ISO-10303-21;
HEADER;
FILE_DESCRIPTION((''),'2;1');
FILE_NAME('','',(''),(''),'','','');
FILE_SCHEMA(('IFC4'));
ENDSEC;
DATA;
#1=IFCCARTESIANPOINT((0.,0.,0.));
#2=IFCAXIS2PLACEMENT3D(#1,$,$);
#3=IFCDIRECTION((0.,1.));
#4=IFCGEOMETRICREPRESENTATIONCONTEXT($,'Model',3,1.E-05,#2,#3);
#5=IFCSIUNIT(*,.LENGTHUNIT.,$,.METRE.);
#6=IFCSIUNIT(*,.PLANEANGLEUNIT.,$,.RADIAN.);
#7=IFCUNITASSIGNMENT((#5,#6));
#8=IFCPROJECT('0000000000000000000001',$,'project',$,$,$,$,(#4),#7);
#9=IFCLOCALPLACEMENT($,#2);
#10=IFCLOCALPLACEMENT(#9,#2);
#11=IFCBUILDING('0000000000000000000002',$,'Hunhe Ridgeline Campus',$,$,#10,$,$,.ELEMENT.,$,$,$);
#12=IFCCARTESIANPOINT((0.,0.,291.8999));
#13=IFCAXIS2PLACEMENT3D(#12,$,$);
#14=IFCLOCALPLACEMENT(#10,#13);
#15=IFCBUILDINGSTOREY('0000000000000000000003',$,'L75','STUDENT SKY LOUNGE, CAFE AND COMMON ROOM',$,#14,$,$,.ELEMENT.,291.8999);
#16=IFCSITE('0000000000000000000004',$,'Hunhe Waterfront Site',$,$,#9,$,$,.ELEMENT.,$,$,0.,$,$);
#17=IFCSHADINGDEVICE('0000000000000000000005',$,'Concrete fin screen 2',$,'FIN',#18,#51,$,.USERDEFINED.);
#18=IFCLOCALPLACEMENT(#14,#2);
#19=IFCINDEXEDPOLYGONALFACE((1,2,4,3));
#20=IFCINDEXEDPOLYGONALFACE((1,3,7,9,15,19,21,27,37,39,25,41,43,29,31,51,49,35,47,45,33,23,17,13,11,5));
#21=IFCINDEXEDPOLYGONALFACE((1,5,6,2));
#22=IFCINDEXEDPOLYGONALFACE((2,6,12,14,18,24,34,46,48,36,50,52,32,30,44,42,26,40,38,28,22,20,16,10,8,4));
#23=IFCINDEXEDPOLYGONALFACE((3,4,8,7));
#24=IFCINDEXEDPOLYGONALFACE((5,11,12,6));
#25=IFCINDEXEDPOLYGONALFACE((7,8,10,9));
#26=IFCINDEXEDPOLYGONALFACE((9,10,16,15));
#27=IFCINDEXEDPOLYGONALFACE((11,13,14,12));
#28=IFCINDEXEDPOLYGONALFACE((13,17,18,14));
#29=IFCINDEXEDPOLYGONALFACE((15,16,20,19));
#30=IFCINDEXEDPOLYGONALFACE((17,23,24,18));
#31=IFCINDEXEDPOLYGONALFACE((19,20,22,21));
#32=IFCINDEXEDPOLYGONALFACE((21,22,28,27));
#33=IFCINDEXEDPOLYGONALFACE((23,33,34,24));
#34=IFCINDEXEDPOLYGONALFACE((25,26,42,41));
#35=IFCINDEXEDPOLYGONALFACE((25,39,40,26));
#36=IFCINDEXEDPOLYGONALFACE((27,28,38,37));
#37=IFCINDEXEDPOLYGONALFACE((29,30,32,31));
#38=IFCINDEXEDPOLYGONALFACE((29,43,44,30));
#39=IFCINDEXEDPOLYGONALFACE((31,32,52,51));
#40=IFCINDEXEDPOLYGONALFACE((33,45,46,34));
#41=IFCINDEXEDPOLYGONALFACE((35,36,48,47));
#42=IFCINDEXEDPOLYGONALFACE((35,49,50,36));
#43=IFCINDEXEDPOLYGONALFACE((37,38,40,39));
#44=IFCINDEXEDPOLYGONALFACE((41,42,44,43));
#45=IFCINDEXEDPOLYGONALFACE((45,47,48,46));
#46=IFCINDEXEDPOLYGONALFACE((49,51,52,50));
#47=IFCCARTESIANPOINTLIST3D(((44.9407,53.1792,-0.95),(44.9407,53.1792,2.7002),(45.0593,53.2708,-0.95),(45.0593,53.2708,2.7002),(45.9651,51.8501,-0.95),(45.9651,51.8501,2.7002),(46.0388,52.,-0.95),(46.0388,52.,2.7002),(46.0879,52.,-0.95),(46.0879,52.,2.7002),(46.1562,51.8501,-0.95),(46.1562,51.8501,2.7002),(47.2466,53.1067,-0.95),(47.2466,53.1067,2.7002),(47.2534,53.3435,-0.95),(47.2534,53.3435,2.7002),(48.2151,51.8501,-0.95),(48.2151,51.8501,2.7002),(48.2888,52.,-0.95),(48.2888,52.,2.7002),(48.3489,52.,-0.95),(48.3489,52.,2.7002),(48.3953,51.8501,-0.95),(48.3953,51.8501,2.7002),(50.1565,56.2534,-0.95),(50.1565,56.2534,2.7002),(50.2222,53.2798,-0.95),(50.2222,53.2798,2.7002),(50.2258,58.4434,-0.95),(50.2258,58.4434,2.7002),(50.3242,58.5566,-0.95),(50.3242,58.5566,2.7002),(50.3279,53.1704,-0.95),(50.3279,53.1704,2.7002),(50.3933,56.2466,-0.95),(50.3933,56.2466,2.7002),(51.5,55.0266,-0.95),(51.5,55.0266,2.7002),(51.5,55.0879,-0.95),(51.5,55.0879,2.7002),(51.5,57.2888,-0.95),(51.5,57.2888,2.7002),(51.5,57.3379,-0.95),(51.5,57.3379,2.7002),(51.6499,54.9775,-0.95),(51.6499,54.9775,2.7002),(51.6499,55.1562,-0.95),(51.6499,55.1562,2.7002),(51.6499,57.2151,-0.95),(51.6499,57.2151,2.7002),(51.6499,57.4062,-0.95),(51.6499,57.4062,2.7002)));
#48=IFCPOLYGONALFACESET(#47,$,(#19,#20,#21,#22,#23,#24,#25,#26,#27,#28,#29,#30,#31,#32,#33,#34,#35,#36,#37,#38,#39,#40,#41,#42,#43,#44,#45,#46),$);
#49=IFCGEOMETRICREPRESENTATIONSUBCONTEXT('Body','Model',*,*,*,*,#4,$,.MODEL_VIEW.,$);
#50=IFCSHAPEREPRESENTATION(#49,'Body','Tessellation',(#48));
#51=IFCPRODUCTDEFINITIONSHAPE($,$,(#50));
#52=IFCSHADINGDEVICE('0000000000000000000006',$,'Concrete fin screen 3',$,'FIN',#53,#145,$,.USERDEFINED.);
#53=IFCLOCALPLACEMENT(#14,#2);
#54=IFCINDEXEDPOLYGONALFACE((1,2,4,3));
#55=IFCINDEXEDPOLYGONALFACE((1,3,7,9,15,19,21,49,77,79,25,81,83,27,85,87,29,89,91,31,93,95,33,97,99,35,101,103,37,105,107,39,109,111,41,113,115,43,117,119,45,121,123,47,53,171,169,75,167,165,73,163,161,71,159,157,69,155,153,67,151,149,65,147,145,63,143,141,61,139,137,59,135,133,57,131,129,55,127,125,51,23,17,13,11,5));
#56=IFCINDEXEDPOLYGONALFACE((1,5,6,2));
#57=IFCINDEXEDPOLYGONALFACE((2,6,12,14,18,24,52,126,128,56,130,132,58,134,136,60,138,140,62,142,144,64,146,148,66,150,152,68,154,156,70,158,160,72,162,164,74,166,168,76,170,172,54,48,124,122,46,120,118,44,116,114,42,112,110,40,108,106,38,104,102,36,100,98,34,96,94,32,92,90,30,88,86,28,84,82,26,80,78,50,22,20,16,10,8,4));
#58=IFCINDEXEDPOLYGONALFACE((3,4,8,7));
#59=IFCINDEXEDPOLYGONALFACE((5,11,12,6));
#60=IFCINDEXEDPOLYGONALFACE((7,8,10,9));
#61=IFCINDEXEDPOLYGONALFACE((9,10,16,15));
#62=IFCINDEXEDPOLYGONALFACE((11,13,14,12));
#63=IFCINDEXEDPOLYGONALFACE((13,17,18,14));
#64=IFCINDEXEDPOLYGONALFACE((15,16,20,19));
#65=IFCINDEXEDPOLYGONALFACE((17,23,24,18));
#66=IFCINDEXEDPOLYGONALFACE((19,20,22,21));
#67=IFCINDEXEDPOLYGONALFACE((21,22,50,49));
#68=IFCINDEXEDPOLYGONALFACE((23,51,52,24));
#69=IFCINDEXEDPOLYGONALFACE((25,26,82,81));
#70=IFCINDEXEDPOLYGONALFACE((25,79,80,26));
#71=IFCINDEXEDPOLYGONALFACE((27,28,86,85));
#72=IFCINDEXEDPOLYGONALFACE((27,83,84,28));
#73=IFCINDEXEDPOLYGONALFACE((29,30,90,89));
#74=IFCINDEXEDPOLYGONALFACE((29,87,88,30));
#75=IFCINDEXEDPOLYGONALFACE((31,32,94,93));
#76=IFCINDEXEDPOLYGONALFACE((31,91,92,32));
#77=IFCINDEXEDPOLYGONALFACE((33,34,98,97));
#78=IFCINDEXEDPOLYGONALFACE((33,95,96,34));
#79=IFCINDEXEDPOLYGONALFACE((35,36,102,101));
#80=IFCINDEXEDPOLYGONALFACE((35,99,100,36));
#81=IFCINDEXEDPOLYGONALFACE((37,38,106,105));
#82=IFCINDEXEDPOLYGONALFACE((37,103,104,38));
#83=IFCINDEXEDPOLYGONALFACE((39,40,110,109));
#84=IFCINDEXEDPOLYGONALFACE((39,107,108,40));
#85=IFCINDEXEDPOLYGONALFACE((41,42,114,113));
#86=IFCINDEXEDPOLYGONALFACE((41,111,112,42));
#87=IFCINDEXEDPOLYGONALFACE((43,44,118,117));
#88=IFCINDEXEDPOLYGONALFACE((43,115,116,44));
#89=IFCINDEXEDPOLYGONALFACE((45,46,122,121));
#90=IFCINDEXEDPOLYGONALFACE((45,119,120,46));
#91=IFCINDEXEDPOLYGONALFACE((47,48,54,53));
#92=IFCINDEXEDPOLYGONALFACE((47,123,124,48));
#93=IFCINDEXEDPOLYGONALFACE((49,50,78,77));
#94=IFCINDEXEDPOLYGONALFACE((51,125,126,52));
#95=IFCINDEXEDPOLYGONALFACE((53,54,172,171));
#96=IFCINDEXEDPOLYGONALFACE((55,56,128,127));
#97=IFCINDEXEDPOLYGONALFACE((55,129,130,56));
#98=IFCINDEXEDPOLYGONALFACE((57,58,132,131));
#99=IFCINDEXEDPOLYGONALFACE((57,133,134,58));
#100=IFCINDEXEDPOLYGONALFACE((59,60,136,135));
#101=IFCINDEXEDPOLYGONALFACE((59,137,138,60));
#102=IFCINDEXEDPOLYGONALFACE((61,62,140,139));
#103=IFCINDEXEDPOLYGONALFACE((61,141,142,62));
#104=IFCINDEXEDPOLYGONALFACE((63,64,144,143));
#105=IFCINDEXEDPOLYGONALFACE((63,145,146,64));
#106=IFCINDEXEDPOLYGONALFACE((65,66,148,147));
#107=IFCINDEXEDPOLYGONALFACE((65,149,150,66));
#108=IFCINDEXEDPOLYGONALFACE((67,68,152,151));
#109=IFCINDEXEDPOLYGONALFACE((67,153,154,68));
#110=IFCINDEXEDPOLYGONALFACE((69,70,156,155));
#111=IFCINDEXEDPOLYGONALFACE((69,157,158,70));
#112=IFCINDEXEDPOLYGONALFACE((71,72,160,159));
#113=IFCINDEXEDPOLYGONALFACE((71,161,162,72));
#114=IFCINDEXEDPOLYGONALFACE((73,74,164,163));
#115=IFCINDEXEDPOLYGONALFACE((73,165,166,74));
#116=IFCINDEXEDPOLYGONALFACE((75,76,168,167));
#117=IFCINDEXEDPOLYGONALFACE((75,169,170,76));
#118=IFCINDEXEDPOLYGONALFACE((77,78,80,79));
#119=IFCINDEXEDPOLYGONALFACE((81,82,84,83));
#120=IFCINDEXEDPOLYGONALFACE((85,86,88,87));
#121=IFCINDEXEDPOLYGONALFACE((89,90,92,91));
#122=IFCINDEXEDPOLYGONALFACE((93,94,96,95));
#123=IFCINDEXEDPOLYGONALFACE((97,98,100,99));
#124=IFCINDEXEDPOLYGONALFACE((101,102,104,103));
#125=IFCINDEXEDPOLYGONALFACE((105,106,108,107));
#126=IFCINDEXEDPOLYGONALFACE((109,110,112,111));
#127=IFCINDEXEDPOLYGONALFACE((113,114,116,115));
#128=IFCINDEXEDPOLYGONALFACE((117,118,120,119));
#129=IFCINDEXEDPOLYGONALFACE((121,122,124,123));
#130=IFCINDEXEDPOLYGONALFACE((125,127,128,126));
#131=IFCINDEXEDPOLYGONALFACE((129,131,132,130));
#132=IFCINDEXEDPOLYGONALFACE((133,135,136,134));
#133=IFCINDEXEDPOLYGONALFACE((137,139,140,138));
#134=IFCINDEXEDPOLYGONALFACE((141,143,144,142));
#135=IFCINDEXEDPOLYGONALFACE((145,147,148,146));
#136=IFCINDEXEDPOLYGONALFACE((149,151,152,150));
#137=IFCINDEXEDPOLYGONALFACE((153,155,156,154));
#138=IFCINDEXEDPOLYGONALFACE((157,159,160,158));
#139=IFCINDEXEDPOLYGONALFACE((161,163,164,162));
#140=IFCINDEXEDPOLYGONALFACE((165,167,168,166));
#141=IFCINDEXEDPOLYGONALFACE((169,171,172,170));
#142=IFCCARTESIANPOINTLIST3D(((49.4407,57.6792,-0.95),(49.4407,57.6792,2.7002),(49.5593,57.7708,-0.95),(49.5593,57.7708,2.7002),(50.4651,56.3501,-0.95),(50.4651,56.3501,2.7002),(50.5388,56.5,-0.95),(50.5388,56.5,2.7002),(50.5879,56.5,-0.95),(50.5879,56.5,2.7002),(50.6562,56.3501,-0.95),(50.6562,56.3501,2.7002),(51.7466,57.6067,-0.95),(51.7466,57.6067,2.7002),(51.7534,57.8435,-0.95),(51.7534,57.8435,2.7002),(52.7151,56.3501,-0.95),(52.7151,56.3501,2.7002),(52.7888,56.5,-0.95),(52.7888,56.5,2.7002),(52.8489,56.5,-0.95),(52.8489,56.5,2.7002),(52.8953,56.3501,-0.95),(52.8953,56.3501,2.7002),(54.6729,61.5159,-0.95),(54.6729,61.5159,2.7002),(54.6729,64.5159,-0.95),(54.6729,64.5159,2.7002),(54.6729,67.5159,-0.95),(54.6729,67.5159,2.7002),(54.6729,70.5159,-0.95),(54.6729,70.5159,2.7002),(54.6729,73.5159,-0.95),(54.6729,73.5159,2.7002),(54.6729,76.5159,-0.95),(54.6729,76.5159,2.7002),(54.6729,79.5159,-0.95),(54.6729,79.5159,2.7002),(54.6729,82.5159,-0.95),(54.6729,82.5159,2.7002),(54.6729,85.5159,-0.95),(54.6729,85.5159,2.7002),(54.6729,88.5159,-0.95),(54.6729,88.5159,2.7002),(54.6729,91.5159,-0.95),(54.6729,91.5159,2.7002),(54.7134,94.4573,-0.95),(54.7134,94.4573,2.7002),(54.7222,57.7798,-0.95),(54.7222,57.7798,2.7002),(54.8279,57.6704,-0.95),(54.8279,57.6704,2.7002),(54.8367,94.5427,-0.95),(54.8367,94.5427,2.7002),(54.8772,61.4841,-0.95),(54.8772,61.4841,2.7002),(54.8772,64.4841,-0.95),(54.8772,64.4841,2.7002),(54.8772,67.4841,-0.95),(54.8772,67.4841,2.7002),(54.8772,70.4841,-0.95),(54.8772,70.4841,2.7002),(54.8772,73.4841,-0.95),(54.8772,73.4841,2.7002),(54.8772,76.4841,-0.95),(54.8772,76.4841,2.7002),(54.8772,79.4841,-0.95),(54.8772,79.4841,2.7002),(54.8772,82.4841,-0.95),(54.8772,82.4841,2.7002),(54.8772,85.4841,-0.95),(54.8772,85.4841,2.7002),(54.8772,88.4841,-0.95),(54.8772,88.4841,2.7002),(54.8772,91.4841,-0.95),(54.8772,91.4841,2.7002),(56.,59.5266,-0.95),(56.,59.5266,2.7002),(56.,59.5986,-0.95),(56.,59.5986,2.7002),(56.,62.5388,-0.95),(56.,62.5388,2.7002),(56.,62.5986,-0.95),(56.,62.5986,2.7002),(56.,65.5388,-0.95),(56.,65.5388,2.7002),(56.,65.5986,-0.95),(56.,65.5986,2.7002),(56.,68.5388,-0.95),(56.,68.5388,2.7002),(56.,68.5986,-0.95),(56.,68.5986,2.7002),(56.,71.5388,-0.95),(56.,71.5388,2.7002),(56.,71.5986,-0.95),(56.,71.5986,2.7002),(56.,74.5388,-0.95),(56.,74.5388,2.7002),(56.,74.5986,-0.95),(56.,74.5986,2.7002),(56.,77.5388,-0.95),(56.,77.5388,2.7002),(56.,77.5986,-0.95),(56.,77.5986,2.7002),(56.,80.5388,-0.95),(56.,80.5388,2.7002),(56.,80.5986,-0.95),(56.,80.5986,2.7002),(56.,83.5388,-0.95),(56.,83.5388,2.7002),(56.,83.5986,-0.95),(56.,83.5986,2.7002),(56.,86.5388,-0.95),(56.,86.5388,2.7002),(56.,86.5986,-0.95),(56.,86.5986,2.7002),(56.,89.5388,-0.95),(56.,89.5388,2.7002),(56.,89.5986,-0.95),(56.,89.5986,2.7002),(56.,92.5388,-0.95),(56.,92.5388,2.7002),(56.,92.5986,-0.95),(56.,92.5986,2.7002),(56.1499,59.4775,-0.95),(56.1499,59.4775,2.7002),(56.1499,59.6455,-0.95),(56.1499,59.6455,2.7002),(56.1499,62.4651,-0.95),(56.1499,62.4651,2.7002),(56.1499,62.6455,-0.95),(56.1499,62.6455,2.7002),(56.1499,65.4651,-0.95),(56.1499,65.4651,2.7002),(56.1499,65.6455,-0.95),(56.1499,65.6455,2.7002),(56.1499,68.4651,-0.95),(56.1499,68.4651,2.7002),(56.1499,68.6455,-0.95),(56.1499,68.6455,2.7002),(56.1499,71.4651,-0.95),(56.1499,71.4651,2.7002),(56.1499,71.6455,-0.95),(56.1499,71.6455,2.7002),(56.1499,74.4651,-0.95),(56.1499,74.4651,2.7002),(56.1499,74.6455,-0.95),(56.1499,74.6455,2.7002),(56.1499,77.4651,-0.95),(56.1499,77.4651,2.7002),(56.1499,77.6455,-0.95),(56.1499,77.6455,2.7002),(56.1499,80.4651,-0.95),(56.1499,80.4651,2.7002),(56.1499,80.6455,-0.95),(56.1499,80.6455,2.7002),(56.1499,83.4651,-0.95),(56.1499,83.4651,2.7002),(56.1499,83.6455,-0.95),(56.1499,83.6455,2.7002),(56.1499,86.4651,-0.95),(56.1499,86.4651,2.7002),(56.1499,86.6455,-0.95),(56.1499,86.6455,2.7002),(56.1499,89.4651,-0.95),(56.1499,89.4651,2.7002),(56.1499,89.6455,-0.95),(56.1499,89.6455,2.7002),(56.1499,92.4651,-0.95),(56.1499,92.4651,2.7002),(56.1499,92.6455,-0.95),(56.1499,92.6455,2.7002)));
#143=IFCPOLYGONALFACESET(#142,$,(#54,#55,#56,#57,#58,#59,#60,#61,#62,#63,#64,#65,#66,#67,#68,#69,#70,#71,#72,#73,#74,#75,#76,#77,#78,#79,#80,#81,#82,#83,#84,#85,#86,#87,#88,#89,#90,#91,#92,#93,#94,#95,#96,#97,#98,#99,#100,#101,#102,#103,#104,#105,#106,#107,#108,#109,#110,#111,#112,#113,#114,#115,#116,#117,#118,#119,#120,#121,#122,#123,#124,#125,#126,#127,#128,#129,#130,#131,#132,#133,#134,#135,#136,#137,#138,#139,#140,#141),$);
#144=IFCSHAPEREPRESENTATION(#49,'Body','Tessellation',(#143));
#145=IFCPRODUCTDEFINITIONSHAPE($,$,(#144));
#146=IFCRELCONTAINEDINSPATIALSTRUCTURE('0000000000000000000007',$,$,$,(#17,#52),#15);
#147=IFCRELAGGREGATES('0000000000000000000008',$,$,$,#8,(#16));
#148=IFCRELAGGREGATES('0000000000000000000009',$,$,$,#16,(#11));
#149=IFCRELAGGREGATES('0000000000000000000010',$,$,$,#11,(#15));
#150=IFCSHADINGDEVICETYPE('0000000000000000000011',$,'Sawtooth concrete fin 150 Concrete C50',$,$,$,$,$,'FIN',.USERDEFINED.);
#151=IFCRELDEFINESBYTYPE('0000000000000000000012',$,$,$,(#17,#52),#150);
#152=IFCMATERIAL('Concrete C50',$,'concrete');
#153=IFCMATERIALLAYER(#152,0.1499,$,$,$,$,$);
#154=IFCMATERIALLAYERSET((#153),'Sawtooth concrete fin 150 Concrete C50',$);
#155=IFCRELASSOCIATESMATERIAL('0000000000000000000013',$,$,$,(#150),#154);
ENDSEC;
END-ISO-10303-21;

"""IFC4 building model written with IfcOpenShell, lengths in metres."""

from ifc_helpers import new_model, si_unit, direction, frame, origin, place, context, subcontext, project, spatial, polyline, outline, extrude, material, layer, layer_set, type_object, element, save


model = new_model("IFC4")

# Units and contexts
model_context = context("Model", 3, precision=1e-05, world=origin(), true_north=direction((0.0, 1.0)))
body_context = subcontext(model_context, "Body", "Model", "MODEL_VIEW")
ifc_project = project(units=[si_unit("LENGTHUNIT", "METRE"), si_unit("PLANEANGLEUNIT", "RADIAN")], contexts=[model_context])

# Site, building, storey
site_placement = place(None, origin())
site = spatial("IfcSite", under=ifc_project, at=site_placement, Name="Hunhe Waterfront Site", CompositionType="ELEMENT", RefElevation=0.0)
building_placement = place(site_placement, origin())
building = spatial("IfcBuilding", under=site, at=building_placement, Name="Hunhe Ridgeline Campus", CompositionType="ELEMENT")
storey_placement = place(building_placement, frame((0.0, 0.0, 291.8999)))
storey = spatial("IfcBuildingStorey", under=building, at=storey_placement, Name="L75", Description="STUDENT SKY LOUNGE, CAFE AND COMMON ROOM", CompositionType="ELEMENT", Elevation=291.8999)

# Shared definitions
ifc_material_1 = material(Name="Concrete C50", Category="concrete")

# Shading devices
ifc_layer_1 = layer(ifc_material_1, 0.1499)
ifc_layer_set_1 = layer_set([ifc_layer_1], Name="Sawtooth concrete fin 150 Concrete C50")
shading_device_type = type_object("IfcShadingDeviceType", Name="Sawtooth concrete fin 150 Concrete C50", ElementType="FIN", PredefinedType="USERDEFINED", material=ifc_layer_set_1)
shading_device_1_placement = place(storey_placement, frame((0.0, 0.0, -0.95)))
element("IfcShadingDevice", 1, at=shading_device_1_placement, inside=storey, type_object=shading_device_type, Name="Concrete fin screen 2", ObjectType="FIN", PredefinedType="USERDEFINED", context=body_context, shape_type="SweptSolid", body=[
    extrude(outline(polyline([(45.0593, 53.2708), (44.9407, 53.1792), (45.9651, 51.8501), (46.1562, 51.8501), (47.2466, 53.1067), (48.2151, 51.8501), (48.3953, 51.8501), (50.3279, 53.1704), (51.6499, 54.9775), (51.6499, 55.1562), (50.3933, 56.2466), (51.6499, 57.2151), (51.6499, 57.4062), (50.3242, 58.5566), (50.2258, 58.4434), (51.5, 57.3379), (51.5, 57.2888), (50.1565, 56.2534), (51.5, 55.0879), (51.5, 55.0266), (50.2222, 53.2798), (48.3489, 52.0), (48.2888, 52.0), (47.2534, 53.3435), (46.0879, 52.0), (46.0388, 52.0), (45.0593, 53.2708)])), origin(), (0.0, 0.0, 1.0), 3.6501),
])
shading_device_2_placement = place(storey_placement, frame((0.0, 0.0, -0.95)))
element("IfcShadingDevice", 2, at=shading_device_2_placement, inside=storey, type_object=shading_device_type, Name="Concrete fin screen 3", ObjectType="FIN", PredefinedType="USERDEFINED", context=body_context, shape_type="SweptSolid", body=[
    extrude(outline(polyline([(49.5593, 57.7708), (49.4407, 57.6792), (50.4651, 56.3501), (50.6562, 56.3501), (51.7466, 57.6067), (52.7151, 56.3501), (52.8953, 56.3501), (54.8279, 57.6704), (56.1499, 59.4775), (56.1499, 59.6455), (54.8772, 61.4841), (56.1499, 62.4651), (56.1499, 62.6455), (54.8772, 64.4841), (56.1499, 65.4651), (56.1499, 65.6455), (54.8772, 67.4841), (56.1499, 68.4651), (56.1499, 68.6455), (54.8772, 70.4841), (56.1499, 71.4651), (56.1499, 71.6455), (54.8772, 73.4841), (56.1499, 74.4651), (56.1499, 74.6455), (54.8772, 76.4841), (56.1499, 77.4651), (56.1499, 77.6455), (54.8772, 79.4841), (56.1499, 80.4651), (56.1499, 80.6455), (54.8772, 82.4841), (56.1499, 83.4651), (56.1499, 83.6455), (54.8772, 85.4841), (56.1499, 86.4651), (56.1499, 86.6455), (54.8772, 88.4841), (56.1499, 89.4651), (56.1499, 89.6455), (54.8772, 91.4841), (56.1499, 92.4651), (56.1499, 92.6455), (54.8367, 94.5427), (54.7134, 94.4573), (56.0, 92.5986), (56.0, 92.5388), (54.6729, 91.5159), (56.0, 89.5986), (56.0, 89.5388), (54.6729, 88.5159), (56.0, 86.5986), (56.0, 86.5388), (54.6729, 85.5159), (56.0, 83.5986), (56.0, 83.5388), (54.6729, 82.5159), (56.0, 80.5986), (56.0, 80.5388), (54.6729, 79.5159), (56.0, 77.5986), (56.0, 77.5388), (54.6729, 76.5159), (56.0, 74.5986), (56.0, 74.5388), (54.6729, 73.5159), (56.0, 71.5986), (56.0, 71.5388), (54.6729, 70.5159), (56.0, 68.5986), (56.0, 68.5388), (54.6729, 67.5159), (56.0, 65.5986), (56.0, 65.5388), (54.6729, 64.5159), (56.0, 62.5986), (56.0, 62.5388), (54.6729, 61.5159), (56.0, 59.5986), (56.0, 59.5266), (54.7222, 57.7798), (52.8489, 56.5), (52.7888, 56.5), (51.7534, 57.8435), (50.5879, 56.5), (50.5388, 56.5), (49.5593, 57.7708)])), origin(), (0.0, 0.0, 1.0), 3.6501),
])

save(model, "model.ifc")
